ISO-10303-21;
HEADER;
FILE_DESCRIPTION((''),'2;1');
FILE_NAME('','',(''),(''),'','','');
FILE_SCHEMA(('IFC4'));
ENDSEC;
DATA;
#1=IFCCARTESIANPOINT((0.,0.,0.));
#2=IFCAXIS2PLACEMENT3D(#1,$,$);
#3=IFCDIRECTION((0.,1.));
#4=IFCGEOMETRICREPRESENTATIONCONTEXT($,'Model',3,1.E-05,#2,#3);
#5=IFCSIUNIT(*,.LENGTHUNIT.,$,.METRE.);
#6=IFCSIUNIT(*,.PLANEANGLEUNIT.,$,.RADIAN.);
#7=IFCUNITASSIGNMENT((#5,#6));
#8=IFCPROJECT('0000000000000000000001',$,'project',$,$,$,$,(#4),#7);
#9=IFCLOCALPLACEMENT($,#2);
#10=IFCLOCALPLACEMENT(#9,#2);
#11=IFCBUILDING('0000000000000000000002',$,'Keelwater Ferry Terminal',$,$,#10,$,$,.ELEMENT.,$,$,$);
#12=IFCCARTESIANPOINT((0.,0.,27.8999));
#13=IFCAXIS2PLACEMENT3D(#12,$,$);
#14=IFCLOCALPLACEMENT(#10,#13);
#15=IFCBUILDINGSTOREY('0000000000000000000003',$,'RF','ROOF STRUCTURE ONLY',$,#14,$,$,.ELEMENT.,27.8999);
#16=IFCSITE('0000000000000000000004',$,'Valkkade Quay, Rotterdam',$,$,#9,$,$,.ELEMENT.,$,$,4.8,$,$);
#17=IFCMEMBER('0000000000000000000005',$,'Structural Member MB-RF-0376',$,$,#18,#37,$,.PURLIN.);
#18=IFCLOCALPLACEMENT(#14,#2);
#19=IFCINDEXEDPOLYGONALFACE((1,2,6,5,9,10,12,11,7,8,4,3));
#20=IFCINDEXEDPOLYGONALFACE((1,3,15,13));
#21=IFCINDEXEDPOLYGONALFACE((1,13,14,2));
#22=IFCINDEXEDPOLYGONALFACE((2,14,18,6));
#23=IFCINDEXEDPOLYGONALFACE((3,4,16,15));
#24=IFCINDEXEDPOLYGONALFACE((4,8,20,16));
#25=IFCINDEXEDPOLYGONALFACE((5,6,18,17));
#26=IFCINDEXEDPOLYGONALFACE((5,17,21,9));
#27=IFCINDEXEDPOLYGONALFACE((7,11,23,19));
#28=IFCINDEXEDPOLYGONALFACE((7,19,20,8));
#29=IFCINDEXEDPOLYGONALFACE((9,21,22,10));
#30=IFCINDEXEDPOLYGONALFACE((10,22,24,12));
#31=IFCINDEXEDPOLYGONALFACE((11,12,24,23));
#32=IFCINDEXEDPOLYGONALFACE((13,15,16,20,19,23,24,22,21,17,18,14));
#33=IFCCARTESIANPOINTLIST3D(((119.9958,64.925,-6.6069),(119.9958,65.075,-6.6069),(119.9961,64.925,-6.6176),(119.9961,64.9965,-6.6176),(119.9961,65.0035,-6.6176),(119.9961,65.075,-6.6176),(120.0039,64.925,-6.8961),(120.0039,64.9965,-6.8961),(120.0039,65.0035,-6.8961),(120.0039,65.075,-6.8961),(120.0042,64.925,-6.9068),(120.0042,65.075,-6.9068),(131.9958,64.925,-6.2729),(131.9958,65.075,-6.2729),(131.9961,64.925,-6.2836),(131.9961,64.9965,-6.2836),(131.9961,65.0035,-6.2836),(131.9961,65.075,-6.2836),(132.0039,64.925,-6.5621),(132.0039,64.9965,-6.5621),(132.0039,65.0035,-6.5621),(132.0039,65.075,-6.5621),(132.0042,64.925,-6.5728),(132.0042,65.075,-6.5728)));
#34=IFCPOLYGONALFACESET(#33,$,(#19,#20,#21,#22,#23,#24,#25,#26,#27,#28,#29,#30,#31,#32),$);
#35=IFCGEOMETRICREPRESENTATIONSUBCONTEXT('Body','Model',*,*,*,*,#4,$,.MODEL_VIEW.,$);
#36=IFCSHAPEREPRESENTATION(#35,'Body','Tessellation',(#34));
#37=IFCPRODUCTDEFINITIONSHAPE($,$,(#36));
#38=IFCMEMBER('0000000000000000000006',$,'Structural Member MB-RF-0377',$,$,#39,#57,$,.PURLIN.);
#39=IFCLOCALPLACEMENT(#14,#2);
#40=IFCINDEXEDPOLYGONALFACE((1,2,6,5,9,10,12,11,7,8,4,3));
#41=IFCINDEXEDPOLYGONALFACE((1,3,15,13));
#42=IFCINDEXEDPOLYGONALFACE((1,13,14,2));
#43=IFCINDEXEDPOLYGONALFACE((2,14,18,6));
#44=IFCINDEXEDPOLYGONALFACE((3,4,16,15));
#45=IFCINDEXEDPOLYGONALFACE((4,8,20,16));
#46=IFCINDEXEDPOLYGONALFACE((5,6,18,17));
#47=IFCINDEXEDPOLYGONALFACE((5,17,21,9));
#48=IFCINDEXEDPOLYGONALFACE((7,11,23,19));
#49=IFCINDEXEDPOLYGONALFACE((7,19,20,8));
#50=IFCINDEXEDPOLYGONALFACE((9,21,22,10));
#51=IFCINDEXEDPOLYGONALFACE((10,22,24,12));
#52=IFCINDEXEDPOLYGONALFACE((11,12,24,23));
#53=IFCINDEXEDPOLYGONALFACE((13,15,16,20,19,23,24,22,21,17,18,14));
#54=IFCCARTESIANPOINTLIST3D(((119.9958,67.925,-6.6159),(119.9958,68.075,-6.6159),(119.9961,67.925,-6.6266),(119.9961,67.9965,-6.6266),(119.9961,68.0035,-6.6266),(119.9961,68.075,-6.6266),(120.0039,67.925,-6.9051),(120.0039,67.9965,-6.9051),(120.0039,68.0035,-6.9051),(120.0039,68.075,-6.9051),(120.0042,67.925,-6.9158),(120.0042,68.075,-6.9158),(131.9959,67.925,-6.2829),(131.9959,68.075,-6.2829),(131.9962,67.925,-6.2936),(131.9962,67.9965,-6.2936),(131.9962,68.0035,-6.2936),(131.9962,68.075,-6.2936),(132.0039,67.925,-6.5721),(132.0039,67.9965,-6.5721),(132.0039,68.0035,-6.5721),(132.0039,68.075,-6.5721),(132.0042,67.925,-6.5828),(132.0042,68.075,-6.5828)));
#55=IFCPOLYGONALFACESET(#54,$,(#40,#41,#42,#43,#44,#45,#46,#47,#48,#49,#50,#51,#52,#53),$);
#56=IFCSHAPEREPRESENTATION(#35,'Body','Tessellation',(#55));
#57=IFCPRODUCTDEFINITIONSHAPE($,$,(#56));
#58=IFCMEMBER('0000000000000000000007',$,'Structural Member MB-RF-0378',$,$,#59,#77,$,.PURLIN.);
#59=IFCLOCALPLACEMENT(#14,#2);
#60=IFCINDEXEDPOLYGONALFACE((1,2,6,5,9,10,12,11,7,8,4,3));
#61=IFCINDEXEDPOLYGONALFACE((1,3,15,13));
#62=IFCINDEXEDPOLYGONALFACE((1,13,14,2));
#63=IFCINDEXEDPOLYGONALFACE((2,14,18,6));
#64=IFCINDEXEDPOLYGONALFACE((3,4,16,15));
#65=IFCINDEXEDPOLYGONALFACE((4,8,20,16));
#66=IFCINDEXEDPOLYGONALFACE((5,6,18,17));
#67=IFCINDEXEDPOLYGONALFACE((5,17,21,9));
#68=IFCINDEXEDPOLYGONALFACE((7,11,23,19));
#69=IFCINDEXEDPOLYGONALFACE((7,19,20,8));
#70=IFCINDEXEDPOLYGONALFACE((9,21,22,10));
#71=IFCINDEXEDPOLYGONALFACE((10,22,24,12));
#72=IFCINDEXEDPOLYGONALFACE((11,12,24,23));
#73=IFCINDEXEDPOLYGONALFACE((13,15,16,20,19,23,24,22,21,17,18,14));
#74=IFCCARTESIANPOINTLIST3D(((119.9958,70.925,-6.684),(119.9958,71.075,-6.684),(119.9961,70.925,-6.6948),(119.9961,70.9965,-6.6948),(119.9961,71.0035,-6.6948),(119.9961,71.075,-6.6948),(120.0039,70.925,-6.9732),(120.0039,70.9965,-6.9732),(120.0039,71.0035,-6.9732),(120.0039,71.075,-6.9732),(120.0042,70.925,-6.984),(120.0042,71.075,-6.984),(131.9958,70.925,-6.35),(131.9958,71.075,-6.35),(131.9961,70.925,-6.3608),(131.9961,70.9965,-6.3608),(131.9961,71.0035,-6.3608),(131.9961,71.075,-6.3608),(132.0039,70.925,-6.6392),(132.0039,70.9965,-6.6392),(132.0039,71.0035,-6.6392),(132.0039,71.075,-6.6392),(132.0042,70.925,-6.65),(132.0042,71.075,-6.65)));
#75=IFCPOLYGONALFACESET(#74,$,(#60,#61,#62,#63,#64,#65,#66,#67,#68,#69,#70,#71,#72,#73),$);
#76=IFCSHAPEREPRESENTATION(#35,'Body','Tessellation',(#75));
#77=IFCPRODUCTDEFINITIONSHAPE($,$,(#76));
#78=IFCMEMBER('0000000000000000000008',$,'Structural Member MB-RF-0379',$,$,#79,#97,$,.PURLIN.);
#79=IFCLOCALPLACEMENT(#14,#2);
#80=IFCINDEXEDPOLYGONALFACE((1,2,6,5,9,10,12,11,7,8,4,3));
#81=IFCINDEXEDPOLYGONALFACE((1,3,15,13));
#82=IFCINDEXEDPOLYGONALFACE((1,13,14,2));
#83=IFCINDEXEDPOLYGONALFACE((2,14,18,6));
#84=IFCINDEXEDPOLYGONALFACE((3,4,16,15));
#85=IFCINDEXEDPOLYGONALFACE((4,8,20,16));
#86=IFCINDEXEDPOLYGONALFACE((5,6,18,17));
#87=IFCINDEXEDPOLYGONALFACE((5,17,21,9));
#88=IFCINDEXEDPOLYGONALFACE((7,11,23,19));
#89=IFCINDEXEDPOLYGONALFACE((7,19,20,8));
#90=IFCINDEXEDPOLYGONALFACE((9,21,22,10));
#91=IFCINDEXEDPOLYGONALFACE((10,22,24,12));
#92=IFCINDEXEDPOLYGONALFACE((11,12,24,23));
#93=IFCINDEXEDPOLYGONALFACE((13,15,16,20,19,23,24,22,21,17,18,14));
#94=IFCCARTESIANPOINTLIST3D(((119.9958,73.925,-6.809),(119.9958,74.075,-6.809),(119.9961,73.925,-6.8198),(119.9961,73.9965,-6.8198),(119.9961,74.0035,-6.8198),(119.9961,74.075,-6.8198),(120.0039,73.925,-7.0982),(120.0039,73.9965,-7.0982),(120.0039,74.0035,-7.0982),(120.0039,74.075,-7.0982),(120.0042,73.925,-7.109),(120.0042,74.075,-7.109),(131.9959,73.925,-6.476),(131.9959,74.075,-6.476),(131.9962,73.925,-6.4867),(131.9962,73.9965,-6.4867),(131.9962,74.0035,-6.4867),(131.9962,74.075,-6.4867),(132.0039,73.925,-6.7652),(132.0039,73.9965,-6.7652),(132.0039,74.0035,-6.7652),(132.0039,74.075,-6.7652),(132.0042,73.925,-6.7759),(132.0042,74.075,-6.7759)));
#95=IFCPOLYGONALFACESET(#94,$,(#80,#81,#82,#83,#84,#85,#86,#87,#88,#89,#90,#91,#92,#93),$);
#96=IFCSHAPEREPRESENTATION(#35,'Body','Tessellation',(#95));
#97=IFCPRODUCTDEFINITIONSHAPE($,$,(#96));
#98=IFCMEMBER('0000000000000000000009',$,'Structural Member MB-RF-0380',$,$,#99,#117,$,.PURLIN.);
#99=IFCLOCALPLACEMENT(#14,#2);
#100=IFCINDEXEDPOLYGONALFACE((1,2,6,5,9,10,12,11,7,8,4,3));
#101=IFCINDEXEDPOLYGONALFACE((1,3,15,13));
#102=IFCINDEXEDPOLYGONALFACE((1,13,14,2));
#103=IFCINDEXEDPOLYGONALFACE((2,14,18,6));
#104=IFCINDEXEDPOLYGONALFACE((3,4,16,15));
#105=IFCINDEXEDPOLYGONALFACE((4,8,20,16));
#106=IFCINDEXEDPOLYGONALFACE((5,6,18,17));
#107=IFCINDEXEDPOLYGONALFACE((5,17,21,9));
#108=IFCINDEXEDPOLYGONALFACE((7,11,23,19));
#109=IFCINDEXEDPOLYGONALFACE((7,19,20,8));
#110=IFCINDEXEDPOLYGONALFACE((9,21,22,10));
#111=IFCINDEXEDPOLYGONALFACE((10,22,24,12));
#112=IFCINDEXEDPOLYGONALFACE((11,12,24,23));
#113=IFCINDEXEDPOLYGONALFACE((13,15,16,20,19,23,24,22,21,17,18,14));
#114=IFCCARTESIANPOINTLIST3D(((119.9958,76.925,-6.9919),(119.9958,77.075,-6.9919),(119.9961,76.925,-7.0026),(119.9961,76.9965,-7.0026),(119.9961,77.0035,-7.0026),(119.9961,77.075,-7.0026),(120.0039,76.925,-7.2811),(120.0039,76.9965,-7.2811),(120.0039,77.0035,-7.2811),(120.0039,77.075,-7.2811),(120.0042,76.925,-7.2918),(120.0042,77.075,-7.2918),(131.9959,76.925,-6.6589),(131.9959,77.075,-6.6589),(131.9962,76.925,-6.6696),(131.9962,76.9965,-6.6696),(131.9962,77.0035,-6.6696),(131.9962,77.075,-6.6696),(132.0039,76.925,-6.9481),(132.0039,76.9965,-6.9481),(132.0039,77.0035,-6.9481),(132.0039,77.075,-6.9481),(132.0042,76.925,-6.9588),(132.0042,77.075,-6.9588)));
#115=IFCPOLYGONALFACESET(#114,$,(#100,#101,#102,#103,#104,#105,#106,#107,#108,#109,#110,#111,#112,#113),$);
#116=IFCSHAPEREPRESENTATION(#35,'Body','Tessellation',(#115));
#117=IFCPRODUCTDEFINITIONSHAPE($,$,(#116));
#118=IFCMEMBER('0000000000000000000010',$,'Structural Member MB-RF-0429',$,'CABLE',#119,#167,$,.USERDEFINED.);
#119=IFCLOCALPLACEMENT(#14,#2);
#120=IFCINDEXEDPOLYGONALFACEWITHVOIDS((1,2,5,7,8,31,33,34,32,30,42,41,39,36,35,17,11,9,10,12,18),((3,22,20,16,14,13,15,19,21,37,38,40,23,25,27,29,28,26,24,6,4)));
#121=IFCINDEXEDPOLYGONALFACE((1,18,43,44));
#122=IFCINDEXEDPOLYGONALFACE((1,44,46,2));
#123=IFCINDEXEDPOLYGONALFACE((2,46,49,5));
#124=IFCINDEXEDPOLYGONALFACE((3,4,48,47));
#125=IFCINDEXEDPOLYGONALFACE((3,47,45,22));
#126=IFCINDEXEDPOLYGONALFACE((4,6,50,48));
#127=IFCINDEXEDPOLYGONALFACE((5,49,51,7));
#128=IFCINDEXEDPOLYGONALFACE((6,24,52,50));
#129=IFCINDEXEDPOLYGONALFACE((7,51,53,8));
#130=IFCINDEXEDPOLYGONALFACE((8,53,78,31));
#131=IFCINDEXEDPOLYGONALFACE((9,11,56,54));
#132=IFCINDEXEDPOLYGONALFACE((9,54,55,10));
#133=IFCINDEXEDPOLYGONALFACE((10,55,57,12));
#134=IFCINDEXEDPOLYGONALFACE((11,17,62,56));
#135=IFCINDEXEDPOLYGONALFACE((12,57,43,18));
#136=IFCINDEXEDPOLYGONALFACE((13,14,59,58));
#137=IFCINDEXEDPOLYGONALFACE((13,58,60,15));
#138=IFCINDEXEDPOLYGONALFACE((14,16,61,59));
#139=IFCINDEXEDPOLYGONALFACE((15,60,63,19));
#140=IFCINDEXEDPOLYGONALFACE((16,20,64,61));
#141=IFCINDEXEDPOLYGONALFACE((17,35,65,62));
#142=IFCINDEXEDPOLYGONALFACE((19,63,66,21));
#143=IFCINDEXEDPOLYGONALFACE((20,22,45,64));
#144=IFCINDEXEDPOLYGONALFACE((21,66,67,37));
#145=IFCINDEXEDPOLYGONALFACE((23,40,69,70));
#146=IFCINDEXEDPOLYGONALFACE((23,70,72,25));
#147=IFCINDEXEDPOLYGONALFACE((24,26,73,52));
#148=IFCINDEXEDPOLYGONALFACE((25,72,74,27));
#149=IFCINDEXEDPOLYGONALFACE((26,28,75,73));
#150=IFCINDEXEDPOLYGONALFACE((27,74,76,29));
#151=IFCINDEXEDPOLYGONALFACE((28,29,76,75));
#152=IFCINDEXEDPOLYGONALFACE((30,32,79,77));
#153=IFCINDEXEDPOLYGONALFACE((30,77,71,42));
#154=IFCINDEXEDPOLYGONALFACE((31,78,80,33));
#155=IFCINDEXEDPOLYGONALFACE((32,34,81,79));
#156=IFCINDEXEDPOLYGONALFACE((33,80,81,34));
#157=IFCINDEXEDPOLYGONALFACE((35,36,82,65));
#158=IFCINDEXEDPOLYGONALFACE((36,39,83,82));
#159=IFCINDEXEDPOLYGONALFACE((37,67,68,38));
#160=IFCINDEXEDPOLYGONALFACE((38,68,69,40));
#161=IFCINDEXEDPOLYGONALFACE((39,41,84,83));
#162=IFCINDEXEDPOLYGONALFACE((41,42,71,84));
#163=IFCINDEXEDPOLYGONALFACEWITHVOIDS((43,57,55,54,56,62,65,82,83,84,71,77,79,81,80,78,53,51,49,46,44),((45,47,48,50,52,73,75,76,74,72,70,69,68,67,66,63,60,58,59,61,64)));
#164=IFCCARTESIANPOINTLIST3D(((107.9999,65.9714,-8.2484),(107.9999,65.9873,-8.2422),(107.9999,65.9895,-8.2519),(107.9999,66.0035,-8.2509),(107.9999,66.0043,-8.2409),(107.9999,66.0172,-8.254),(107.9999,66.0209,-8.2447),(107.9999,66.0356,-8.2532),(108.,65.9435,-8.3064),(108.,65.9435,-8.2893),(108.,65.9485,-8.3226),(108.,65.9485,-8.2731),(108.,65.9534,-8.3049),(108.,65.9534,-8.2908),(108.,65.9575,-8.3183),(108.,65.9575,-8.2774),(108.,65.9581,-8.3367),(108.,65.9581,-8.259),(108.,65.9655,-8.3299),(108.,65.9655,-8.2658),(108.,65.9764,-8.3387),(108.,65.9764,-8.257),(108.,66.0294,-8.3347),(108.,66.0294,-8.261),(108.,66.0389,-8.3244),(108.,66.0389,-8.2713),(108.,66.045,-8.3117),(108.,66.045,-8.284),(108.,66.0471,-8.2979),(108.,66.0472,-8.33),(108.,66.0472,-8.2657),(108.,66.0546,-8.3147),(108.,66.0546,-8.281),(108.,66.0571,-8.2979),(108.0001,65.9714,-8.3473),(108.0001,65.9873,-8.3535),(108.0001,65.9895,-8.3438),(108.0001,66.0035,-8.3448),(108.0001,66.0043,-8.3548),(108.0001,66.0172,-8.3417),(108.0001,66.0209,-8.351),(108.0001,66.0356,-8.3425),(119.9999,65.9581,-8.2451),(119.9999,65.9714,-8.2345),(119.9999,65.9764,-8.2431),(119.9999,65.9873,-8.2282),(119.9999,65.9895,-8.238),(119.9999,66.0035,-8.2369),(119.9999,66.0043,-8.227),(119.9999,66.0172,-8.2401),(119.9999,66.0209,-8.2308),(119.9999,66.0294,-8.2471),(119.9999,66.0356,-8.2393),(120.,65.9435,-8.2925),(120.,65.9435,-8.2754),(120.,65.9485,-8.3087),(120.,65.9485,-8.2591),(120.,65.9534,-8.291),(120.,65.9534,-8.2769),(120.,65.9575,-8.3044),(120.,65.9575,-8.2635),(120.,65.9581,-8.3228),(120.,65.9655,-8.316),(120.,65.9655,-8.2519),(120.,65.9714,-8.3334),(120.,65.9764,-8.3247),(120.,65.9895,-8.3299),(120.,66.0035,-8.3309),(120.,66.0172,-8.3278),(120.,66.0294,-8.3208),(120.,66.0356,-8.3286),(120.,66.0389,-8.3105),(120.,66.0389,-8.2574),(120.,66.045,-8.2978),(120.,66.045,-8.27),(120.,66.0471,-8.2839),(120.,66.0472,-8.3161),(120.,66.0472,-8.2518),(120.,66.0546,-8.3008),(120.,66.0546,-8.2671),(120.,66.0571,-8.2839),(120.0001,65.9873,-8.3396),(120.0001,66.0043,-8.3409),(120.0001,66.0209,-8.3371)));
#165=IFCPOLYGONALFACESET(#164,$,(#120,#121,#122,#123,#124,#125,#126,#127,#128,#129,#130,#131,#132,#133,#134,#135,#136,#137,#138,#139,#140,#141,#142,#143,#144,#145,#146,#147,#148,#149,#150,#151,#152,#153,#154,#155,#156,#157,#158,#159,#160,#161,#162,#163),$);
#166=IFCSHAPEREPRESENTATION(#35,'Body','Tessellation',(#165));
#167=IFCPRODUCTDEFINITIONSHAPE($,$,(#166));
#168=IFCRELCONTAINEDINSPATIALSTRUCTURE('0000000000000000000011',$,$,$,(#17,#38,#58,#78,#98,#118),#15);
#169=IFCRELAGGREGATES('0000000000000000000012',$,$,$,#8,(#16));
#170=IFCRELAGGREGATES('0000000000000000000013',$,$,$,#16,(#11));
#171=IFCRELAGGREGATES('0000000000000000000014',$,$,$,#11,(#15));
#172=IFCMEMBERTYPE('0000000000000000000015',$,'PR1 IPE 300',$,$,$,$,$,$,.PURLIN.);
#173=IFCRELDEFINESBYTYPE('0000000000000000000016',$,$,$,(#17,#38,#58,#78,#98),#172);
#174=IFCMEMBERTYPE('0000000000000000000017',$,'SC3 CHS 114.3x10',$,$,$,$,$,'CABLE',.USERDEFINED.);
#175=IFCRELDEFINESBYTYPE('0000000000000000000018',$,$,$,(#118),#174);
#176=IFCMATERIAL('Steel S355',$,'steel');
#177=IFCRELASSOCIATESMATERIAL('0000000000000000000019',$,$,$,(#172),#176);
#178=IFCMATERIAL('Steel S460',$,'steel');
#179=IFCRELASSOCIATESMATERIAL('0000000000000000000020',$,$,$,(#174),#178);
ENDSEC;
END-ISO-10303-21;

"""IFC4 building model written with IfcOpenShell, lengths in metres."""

from ifc_helpers import new_model, si_unit, direction, frame, origin, origin_2d, place, context, subcontext, project, spatial, hollow_circle, i_section, extrude, material, material_profile, profile_set, type_object, element, save


model = new_model("IFC4")

# Units and contexts
model_context = context("Model", 3, precision=1e-05, world=origin(), true_north=direction((0.0, 1.0)))
body_context = subcontext(model_context, "Body", "Model", "MODEL_VIEW")
ifc_project = project(units=[si_unit("LENGTHUNIT", "METRE"), si_unit("PLANEANGLEUNIT", "RADIAN")], contexts=[model_context])

# Site, building, storey
site_placement = place(None, origin())
site = spatial("IfcSite", under=ifc_project, at=site_placement, Name="Valkkade Quay, Rotterdam", CompositionType="ELEMENT", RefElevation=4.8)
building_placement = place(site_placement, origin())
building = spatial("IfcBuilding", under=site, at=building_placement, Name="Keelwater Ferry Terminal", CompositionType="ELEMENT")
storey_placement = place(building_placement, frame((0.0, 0.0, 27.8999)))
storey = spatial("IfcBuildingStorey", under=building, at=storey_placement, Name="RF", Description="ROOF STRUCTURE ONLY", CompositionType="ELEMENT", Elevation=27.8999)

# Members
ifc_material_1 = material(Name="Steel S355", Category="steel")
ifc_material_profile_1 = material_profile(ifc_material_1, i_section(OverallWidth=0.1499, OverallDepth=0.3, WebThickness=0.0071, FlangeThickness=0.0107, at=origin_2d()), Name="IPE 300")
ifc_profile_set_1 = profile_set([ifc_material_profile_1], Name="Steel S355")
member_type_1 = type_object("IfcMemberType", Name="PR1 IPE 300", PredefinedType="PURLIN", material=ifc_profile_set_1)
for number, where, z_axis, x_axis, name in (
    (1, (120.0, 65.0, -6.7568), (0.999613, 0.0, 0.027821), (0.0, 1.0, 0.0), "Structural Member MB-RF-0376"),
    (2, (120.0, 68.0, -6.7659), (0.999615, 0.0, 0.02774), (0.0, 1.0, 0.0), "Structural Member MB-RF-0377"),
    (3, (120.0, 71.0, -6.834), (0.999613, 0.0, 0.027821), (0.0, 1.0, 0.0), "Structural Member MB-RF-0378"),
    (4, (120.0, 74.0, -6.959), (0.999615, 0.0, 0.02774), (0.0, 1.0, 0.0), "Structural Member MB-RF-0379"),
    (5, (120.0, 77.0, -7.1418), (0.999615, 0.0, 0.02774), (0.0, 1.0, 0.0), "Structural Member MB-RF-0380"),
):
    element("IfcMember", number, at=place(storey_placement, frame(where, z_axis=z_axis, x_axis=x_axis)), inside=storey, type_object=member_type_1, Name=name, PredefinedType="PURLIN", context=body_context, shape_type="SweptSolid", body=[
        extrude(i_section(OverallWidth=0.1499, OverallDepth=0.3, WebThickness=0.0071, FlangeThickness=0.0107, at=origin_2d()), origin(), (0.0, 0.0, 1.0), 12.0046),
    ])
ifc_material_2 = material(Name="Steel S460", Category="steel")
ifc_material_profile_2 = material_profile(ifc_material_2, hollow_circle(Radius=0.0571, WallThickness=0.01, at=origin_2d()), Name="CHS 114.3x10")
ifc_profile_set_2 = profile_set([ifc_material_profile_2], Name="Steel S460")
member_type_2 = type_object("IfcMemberType", Name="SC3 CHS 114.3x10", ElementType="CABLE", PredefinedType="USERDEFINED", material=ifc_profile_set_2)
member_1_placement = place(storey_placement, frame((108.0, 66.0, -8.2979), z_axis=(0.999999, 0.0, 0.00116), x_axis=(0.0, 1.0, 0.0)))
element("IfcMember", 6, at=member_1_placement, inside=storey, type_object=member_type_2, Name="Structural Member MB-RF-0429", ObjectType="CABLE", PredefinedType="USERDEFINED", context=body_context, shape_type="SweptSolid", body=[
    extrude(hollow_circle(Radius=0.0571, WallThickness=0.01, at=origin_2d()), origin(), (0.0, 0.0, 1.0), 12.0),
])

save(model, "model.ifc")
